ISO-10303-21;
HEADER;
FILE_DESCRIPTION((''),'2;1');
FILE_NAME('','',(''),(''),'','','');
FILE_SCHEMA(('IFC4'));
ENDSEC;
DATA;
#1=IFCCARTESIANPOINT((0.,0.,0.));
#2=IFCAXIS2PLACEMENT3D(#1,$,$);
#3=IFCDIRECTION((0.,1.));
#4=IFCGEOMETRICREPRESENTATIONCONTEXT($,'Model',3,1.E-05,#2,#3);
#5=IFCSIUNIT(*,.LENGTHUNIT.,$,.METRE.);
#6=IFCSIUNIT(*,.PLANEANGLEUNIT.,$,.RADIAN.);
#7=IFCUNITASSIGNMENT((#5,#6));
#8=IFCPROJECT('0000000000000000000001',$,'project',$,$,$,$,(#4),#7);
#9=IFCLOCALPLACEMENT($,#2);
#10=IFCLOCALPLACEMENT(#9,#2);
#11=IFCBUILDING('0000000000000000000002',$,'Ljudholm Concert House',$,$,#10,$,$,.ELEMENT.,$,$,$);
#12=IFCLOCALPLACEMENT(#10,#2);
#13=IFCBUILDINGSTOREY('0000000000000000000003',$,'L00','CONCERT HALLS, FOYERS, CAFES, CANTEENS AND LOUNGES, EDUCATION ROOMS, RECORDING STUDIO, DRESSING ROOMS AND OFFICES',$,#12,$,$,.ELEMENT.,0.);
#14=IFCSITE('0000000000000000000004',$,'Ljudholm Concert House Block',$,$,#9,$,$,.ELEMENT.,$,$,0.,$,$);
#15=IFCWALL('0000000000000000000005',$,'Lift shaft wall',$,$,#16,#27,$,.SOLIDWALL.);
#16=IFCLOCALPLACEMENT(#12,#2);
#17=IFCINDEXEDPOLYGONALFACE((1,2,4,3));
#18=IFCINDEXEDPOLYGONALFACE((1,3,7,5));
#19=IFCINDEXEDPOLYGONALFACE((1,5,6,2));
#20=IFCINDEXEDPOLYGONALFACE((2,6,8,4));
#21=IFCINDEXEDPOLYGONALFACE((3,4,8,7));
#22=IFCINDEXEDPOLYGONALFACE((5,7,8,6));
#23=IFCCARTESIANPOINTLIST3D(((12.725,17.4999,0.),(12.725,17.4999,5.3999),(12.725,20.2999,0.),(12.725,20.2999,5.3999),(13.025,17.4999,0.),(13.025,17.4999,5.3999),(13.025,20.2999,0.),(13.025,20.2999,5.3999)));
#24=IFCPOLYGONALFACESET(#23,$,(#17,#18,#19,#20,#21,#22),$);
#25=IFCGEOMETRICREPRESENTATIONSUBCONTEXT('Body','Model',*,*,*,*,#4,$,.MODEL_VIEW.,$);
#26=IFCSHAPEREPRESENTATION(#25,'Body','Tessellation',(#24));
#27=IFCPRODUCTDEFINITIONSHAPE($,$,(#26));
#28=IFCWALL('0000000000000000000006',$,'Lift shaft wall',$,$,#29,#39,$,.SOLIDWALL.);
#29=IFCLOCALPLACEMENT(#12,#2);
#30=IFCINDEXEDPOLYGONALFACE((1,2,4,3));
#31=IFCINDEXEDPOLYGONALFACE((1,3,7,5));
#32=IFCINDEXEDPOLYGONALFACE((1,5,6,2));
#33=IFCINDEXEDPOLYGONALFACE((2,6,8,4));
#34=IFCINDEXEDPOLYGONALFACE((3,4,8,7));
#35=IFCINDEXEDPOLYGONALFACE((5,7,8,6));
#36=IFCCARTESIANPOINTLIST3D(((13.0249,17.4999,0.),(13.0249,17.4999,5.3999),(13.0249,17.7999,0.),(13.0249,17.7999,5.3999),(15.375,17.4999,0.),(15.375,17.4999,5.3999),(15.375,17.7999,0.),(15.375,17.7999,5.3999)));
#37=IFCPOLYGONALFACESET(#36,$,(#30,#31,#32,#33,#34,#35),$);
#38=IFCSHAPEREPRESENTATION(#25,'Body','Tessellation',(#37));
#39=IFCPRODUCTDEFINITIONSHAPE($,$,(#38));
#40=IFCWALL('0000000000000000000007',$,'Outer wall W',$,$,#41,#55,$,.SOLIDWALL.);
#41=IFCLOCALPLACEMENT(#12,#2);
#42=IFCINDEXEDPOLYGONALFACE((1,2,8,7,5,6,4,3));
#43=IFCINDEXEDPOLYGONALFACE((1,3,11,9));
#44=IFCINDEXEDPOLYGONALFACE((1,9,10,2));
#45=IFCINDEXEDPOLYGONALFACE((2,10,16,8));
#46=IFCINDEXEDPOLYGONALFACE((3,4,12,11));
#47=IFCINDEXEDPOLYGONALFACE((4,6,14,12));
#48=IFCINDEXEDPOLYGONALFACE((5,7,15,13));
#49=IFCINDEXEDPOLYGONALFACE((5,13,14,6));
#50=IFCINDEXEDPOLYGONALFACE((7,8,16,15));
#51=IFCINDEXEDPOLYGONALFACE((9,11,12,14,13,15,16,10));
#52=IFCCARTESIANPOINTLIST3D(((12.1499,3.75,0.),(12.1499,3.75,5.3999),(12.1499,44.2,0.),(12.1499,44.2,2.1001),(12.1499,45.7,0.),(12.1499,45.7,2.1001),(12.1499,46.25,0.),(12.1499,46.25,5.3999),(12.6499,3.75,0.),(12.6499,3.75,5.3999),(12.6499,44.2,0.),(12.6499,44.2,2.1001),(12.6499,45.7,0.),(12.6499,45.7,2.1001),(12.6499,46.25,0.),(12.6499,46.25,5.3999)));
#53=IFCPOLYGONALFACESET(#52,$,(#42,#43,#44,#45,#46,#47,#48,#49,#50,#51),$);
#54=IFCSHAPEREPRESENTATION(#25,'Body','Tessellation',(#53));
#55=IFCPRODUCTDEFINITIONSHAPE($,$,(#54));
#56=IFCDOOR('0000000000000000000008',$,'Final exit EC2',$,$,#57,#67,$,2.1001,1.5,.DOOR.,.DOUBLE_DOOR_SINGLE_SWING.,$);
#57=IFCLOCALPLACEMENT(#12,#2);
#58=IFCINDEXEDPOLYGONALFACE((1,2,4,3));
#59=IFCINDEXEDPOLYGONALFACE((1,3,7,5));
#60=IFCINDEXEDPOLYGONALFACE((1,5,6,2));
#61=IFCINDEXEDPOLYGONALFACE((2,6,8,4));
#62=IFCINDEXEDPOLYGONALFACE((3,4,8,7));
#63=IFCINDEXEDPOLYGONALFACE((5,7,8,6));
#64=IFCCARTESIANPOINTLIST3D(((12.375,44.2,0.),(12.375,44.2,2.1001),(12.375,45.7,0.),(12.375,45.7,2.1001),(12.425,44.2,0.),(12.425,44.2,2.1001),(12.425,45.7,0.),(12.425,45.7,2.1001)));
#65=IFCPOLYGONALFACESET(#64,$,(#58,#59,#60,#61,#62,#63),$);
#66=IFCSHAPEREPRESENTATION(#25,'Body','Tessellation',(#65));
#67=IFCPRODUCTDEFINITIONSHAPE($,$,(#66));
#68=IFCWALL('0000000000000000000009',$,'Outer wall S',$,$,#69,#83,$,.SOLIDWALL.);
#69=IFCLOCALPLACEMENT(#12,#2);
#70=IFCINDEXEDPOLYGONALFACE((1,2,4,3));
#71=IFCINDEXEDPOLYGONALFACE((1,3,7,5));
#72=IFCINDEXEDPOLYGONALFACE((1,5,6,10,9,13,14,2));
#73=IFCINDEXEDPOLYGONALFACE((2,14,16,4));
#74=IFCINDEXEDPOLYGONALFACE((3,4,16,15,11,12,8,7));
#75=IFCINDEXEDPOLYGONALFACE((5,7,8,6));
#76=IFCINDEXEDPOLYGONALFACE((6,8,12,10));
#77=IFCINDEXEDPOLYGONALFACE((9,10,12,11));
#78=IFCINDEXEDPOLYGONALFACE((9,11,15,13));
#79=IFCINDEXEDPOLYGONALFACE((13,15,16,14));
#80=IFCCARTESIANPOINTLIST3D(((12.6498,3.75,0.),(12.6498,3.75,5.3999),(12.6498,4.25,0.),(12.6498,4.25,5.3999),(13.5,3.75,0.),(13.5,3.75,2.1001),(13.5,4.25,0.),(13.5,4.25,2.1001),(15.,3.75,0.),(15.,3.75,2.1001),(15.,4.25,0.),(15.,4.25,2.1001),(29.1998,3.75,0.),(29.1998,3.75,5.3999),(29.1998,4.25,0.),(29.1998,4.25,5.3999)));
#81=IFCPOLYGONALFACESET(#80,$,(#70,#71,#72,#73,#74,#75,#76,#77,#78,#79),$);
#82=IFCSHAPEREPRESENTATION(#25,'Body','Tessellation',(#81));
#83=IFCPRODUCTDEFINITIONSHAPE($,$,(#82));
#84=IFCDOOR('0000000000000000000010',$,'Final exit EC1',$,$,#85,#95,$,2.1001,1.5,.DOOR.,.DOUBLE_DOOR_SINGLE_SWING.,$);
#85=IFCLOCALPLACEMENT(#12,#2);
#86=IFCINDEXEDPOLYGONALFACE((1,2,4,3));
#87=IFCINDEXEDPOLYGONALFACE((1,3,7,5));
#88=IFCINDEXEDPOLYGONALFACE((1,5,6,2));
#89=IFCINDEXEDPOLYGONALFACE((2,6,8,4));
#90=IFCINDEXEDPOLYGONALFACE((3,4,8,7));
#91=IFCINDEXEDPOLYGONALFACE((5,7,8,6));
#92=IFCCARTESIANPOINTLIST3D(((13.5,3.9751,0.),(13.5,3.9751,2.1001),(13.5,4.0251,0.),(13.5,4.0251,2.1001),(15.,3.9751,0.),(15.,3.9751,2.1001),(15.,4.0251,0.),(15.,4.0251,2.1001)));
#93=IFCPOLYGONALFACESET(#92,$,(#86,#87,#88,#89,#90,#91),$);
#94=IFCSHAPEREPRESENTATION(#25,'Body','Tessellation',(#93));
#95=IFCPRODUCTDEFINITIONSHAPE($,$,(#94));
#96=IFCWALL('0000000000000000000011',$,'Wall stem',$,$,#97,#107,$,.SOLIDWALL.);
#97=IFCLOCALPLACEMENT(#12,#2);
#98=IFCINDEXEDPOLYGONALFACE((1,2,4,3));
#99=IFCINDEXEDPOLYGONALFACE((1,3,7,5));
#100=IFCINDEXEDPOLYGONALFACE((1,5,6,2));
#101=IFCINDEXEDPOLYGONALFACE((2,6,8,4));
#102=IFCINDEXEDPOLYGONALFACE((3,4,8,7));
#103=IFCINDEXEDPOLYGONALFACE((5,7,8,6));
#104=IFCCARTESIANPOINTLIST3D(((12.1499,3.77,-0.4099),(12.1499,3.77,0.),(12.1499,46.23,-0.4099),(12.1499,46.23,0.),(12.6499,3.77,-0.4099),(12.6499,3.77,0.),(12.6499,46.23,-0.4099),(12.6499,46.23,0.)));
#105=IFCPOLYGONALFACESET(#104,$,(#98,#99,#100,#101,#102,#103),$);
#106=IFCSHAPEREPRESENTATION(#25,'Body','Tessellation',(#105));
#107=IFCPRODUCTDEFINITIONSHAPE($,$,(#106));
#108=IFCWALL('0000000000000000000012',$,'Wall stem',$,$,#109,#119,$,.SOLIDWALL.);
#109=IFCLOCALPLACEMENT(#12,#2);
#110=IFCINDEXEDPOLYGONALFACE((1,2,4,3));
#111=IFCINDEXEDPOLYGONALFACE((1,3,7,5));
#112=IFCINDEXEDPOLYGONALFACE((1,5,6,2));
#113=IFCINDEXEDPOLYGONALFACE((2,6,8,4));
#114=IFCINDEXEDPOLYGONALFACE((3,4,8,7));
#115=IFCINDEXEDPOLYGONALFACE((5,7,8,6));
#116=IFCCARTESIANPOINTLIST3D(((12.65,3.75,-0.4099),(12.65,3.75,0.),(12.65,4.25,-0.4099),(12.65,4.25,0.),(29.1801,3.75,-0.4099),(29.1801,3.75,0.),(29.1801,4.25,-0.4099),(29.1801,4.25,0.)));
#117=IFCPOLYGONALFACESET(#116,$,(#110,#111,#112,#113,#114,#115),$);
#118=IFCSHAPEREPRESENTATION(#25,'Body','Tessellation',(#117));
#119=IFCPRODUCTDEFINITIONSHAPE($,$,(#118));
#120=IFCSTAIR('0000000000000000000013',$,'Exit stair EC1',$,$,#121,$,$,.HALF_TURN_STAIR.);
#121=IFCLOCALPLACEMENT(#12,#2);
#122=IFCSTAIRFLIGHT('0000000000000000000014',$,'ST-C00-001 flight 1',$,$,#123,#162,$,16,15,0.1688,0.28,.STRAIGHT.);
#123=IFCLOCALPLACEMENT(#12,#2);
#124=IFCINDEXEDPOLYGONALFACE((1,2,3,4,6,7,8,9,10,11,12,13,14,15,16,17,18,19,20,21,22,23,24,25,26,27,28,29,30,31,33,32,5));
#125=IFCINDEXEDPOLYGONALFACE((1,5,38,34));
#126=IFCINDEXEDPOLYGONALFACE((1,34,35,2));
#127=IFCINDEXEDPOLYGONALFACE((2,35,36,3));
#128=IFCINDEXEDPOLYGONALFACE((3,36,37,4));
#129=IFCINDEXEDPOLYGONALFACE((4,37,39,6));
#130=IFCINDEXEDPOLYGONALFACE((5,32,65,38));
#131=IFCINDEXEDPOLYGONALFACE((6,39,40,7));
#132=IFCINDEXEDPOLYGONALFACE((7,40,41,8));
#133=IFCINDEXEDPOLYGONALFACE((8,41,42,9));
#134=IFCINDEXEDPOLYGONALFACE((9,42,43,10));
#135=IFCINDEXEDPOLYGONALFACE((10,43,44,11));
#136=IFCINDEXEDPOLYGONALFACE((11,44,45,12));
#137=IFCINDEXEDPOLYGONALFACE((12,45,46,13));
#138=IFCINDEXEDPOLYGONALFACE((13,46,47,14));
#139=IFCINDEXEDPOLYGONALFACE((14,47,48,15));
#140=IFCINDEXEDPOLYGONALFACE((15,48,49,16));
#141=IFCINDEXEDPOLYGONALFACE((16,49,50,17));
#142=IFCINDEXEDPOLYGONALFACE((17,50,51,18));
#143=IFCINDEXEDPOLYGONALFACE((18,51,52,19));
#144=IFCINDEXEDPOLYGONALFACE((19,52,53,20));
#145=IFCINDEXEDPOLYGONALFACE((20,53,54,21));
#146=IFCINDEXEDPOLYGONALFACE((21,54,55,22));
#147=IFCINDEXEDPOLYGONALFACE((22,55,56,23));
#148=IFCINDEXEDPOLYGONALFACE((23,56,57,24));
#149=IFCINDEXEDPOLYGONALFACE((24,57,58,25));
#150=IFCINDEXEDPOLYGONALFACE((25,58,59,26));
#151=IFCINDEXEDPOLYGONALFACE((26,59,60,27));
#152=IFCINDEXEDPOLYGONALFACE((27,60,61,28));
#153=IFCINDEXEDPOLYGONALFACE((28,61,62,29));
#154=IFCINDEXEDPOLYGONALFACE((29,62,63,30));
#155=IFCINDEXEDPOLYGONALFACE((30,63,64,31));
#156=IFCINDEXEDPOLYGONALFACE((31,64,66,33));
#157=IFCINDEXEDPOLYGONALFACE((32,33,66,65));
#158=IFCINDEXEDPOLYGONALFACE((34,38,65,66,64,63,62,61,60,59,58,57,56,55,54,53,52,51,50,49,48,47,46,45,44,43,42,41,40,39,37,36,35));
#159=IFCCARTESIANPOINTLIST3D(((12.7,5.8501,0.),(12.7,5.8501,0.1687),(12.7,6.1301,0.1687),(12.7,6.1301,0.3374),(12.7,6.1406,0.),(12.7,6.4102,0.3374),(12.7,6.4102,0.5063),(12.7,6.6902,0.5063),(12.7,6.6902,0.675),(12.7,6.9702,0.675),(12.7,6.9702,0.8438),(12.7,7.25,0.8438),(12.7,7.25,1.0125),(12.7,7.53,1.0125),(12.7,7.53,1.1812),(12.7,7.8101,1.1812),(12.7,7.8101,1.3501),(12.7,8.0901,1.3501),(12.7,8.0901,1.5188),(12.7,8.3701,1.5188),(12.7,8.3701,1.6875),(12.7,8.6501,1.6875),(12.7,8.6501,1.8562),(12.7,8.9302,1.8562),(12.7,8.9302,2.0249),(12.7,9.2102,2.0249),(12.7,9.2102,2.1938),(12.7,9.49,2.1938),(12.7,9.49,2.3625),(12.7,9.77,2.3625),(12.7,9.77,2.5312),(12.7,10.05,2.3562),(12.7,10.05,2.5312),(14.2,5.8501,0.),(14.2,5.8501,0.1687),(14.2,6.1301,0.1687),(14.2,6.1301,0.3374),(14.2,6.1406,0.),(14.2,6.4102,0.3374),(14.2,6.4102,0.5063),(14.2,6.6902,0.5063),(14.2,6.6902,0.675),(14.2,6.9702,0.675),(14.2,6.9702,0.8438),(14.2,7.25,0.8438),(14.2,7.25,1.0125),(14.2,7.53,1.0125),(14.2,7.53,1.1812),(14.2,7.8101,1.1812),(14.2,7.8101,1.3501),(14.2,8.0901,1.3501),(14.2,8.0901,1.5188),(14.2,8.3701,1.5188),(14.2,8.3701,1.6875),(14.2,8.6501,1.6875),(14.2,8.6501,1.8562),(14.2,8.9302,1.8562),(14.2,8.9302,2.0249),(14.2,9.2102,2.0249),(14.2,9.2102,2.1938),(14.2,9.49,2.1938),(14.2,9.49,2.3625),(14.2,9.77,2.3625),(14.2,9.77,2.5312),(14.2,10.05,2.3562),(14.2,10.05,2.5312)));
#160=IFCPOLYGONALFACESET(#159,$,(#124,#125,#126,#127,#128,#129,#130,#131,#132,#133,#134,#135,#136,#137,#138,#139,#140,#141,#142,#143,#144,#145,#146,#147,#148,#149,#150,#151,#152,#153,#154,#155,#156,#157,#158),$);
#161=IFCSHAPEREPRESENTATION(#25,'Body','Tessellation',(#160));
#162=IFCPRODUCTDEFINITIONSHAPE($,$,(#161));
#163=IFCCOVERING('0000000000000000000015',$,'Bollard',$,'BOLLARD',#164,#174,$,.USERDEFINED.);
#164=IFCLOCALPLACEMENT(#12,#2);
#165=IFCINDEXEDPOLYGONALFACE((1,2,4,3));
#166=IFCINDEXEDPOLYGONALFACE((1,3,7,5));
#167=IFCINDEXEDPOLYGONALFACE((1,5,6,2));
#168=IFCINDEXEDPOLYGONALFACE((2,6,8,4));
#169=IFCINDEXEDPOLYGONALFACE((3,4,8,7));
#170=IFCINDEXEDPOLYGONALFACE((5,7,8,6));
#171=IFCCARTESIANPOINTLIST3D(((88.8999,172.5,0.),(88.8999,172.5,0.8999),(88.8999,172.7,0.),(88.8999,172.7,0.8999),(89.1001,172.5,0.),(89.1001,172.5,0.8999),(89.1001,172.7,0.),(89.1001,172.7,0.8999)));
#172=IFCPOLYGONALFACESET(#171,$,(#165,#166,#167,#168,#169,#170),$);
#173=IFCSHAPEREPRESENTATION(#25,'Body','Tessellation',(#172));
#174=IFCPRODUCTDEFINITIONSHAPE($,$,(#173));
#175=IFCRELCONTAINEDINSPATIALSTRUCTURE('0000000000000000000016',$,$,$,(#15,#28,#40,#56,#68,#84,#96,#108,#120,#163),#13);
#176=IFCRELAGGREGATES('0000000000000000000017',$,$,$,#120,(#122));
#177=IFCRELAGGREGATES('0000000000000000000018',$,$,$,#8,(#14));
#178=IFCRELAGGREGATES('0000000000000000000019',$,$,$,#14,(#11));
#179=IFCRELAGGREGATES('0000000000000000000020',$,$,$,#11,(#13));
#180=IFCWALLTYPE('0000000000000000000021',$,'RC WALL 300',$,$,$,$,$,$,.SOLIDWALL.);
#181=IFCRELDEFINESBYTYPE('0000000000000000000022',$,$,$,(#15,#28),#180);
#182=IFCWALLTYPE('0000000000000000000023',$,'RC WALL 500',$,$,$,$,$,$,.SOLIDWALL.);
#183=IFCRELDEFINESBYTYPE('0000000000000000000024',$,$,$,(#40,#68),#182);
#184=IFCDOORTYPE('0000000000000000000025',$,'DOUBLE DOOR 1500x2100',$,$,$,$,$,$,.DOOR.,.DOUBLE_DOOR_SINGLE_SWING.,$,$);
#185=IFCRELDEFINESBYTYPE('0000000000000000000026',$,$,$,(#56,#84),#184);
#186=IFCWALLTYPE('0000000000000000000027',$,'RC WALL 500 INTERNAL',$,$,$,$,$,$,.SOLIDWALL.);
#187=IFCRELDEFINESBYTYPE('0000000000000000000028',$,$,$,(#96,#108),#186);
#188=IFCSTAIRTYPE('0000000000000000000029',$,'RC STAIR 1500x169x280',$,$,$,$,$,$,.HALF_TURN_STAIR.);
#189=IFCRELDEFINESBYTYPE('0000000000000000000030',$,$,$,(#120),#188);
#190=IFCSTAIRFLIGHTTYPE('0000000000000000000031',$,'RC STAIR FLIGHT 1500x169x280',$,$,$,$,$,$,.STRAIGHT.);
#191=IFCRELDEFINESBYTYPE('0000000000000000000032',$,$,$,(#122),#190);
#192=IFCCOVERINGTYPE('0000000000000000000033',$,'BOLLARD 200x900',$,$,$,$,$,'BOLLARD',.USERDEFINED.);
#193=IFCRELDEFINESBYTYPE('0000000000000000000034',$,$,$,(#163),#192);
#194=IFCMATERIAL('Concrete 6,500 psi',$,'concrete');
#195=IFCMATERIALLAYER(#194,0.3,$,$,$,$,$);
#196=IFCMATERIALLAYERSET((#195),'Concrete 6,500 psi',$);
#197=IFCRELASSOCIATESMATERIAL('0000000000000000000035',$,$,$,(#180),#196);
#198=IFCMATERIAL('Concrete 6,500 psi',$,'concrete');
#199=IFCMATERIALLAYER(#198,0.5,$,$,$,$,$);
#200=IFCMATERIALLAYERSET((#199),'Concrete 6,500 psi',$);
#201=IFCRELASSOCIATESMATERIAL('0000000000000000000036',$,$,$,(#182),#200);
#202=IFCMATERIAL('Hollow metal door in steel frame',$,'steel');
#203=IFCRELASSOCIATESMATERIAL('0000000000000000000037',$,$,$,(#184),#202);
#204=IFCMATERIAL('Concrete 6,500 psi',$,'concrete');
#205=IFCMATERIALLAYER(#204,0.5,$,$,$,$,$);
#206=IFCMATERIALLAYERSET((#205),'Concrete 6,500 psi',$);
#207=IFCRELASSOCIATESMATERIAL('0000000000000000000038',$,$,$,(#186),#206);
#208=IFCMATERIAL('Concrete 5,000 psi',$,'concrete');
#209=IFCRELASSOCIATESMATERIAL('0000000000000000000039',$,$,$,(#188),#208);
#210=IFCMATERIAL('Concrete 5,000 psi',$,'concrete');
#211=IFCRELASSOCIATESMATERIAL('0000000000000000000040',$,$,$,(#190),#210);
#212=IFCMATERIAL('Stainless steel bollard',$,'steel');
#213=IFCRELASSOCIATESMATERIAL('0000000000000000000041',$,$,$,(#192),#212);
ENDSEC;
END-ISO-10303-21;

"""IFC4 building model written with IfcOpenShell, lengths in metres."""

from ifc_helpers import new_model, si_unit, direction, frame, frame_2d, origin, place, context, subcontext, project, spatial, polyline, rectangle, outline, extrude, material, layer, layer_set, type_object, element, fill, aggregate, save


model = new_model("IFC4")

# Units and contexts
model_context = context("Model", 3, precision=1e-05, world=origin(), true_north=direction((0.0, 1.0)))
body_context = subcontext(model_context, "Body", "Model", "MODEL_VIEW")
ifc_project = project(units=[si_unit("LENGTHUNIT", "METRE"), si_unit("PLANEANGLEUNIT", "RADIAN")], contexts=[model_context])

# Site, building, storey
site_placement = place(None, origin())
site = spatial("IfcSite", under=ifc_project, at=site_placement, Name="Ljudholm Concert House Block", CompositionType="ELEMENT", RefElevation=0.0)
building_placement = place(site_placement, origin())
building = spatial("IfcBuilding", under=site, at=building_placement, Name="Ljudholm Concert House", CompositionType="ELEMENT")
storey_placement = place(building_placement, origin())
storey = spatial("IfcBuildingStorey", under=building, at=storey_placement, Name="L00", Description="CONCERT HALLS, FOYERS, CAFES, CANTEENS AND LOUNGES, EDUCATION ROOMS, RECORDING STUDIO, DRESSING ROOMS AND OFFICES", CompositionType="ELEMENT", Elevation=0.0)

# Walls
ifc_material_1 = material(Name="Concrete 6,500 psi", Category="concrete")
ifc_layer_1 = layer(ifc_material_1, 0.3)
ifc_layer_set_1 = layer_set([ifc_layer_1], Name="Concrete 6,500 psi")
wall_type_1 = type_object("IfcWallType", Name="RC WALL 300", PredefinedType="SOLIDWALL", material=ifc_layer_set_1)
wall_1_placement = place(storey_placement, frame((12.875, 17.5, 0.0), z_axis=(0.0, 0.0, 1.0), x_axis=(0.0, 1.0, 0.0)))
element("IfcWall", 1, at=wall_1_placement, inside=storey, type_object=wall_type_1, Name="Lift shaft wall", PredefinedType="SOLIDWALL", context=body_context, shape_type="SweptSolid", body=[
    extrude(rectangle(XDim=2.8, YDim=0.3, at=frame_2d((1.3999, 0.0))), origin(), (0.0, 0.0, 1.0), 5.3999),
])
wall_2_placement = place(storey_placement, frame((13.0249, 17.6499, 0.0), z_axis=(0.0, 0.0, 1.0), x_axis=(1.0, 0.0, 0.0)))
element("IfcWall", 2, at=wall_2_placement, inside=storey, type_object=wall_type_1, Name="Lift shaft wall", PredefinedType="SOLIDWALL", context=body_context, shape_type="SweptSolid", body=[
    extrude(rectangle(XDim=2.3501, YDim=0.3, at=frame_2d((1.175, 0.0))), origin(), (0.0, 0.0, 1.0), 5.3999),
])

# Walls, openings, doors
ifc_material_2 = material(Name="Concrete 6,500 psi", Category="concrete")
ifc_layer_2 = layer(ifc_material_2, 0.5)
ifc_layer_set_2 = layer_set([ifc_layer_2], Name="Concrete 6,500 psi")
wall_type_2 = type_object("IfcWallType", Name="RC WALL 500", PredefinedType="SOLIDWALL", material=ifc_layer_set_2)
wall_3_placement = place(storey_placement, frame((12.3999, 3.75, 0.0), z_axis=(0.0, 0.0, 1.0), x_axis=(0.0, 1.0, 0.0)))
wall_3 = element("IfcWall", 3, at=wall_3_placement, inside=storey, type_object=wall_type_2, Name="Outer wall W", PredefinedType="SOLIDWALL", context=body_context, shape_type="SweptSolid", body=[
    extrude(rectangle(XDim=42.5, YDim=0.5, at=frame_2d((21.25, 0.0))), origin(), (0.0, 0.0, 1.0), 5.3999),
])
opening_1_placement = place(wall_3_placement, frame((40.45, 0.0, 0.0)))
opening_1 = element("IfcOpeningElement", 4, at=opening_1_placement, cuts=wall_3, PredefinedType="OPENING", context=body_context, shape_type="SweptSolid", body=[
    extrude(rectangle(XDim=1.5, YDim=2.1001, at=frame_2d((0.75, 1.05))), frame((0.0, 0.26, 0.0), z_axis=(0.0, -1.0, 0.0), x_axis=(1.0, 0.0, 0.0)), (0.0, 0.0, 1.0), 0.52),
])
ifc_material_3 = material(Name="Hollow metal door in steel frame", Category="steel")
door_type = type_object("IfcDoorType", Name="DOUBLE DOOR 1500x2100", OperationType="DOUBLE_DOOR_SINGLE_SWING", PredefinedType="DOOR", material=ifc_material_3)
door_1_placement = place(opening_1_placement, origin())
door_1 = element("IfcDoor", 5, at=door_1_placement, inside=storey, type_object=door_type, Name="Final exit EC2", OperationType="DOUBLE_DOOR_SINGLE_SWING", OverallHeight=2.1001, OverallWidth=1.5, PredefinedType="DOOR", context=body_context, shape_type="SweptSolid", body=[
    extrude(rectangle(XDim=1.5, YDim=2.1001, at=frame_2d((0.75, 1.05))), frame((0.0, 0.0249, 0.0), z_axis=(0.0, -1.0, 0.0), x_axis=(1.0, 0.0, 0.0)), (0.0, 0.0, 1.0), 0.05),
])
fill(opening_1, door_1)
wall_4_placement = place(storey_placement, frame((12.6499, 4.0, 0.0), z_axis=(0.0, 0.0, 1.0), x_axis=(1.0, 0.0, 0.0)))
wall_4 = element("IfcWall", 6, at=wall_4_placement, inside=storey, type_object=wall_type_2, Name="Outer wall S", PredefinedType="SOLIDWALL", context=body_context, shape_type="SweptSolid", body=[
    extrude(rectangle(XDim=16.55, YDim=0.5, at=frame_2d((8.2749, 0.0))), origin(), (0.0, 0.0, 1.0), 5.3999),
])
opening_2_placement = place(wall_4_placement, frame((0.8501, 0.0, 0.0)))
opening_2 = element("IfcOpeningElement", 7, at=opening_2_placement, cuts=wall_4, PredefinedType="OPENING", context=body_context, shape_type="SweptSolid", body=[
    extrude(rectangle(XDim=1.5, YDim=2.1001, at=frame_2d((0.75, 1.05))), frame((0.0, 0.26, 0.0), z_axis=(0.0, -1.0, 0.0), x_axis=(1.0, 0.0, 0.0)), (0.0, 0.0, 1.0), 0.52),
])
door_2_placement = place(opening_2_placement, frame((1.5, 0.0, 0.0), z_axis=(0.0, 0.0, 1.0), x_axis=(-1.0, 0.0, 0.0)))
door_2 = element("IfcDoor", 8, at=door_2_placement, inside=storey, type_object=door_type, Name="Final exit EC1", OperationType="DOUBLE_DOOR_SINGLE_SWING", OverallHeight=2.1001, OverallWidth=1.5, PredefinedType="DOOR", context=body_context, shape_type="SweptSolid", body=[
    extrude(rectangle(XDim=1.5, YDim=2.1001, at=frame_2d((0.75, 1.05))), frame((0.0, 0.0249, 0.0), z_axis=(0.0, -1.0, 0.0), x_axis=(1.0, 0.0, 0.0)), (0.0, 0.0, 1.0), 0.05),
])
fill(opening_2, door_2)

# Walls
ifc_material_4 = material(Name="Concrete 6,500 psi", Category="concrete")
ifc_layer_3 = layer(ifc_material_4, 0.5)
ifc_layer_set_3 = layer_set([ifc_layer_3], Name="Concrete 6,500 psi")
wall_type_3 = type_object("IfcWallType", Name="RC WALL 500 INTERNAL", PredefinedType="SOLIDWALL", material=ifc_layer_set_3)
wall_5_placement = place(storey_placement, frame((12.3999, 3.77, -0.4099), z_axis=(0.0, 0.0, 1.0), x_axis=(0.0, 1.0, 0.0)))
element("IfcWall", 9, at=wall_5_placement, inside=storey, type_object=wall_type_3, Name="Wall stem", PredefinedType="SOLIDWALL", context=body_context, shape_type="SweptSolid", body=[
    extrude(rectangle(XDim=42.46, YDim=0.5, at=frame_2d((21.23, 0.0))), origin(), (0.0, 0.0, 1.0), 0.4099),
])
wall_6_placement = place(storey_placement, frame((12.6499, 4.0, -0.4099), z_axis=(0.0, 0.0, 1.0), x_axis=(1.0, 0.0, 0.0)))
element("IfcWall", 10, at=wall_6_placement, inside=storey, type_object=wall_type_3, Name="Wall stem", PredefinedType="SOLIDWALL", context=body_context, shape_type="SweptSolid", body=[
    extrude(rectangle(XDim=16.53, YDim=0.5, at=frame_2d((8.2651, 0.0))), origin(), (0.0, 0.0, 1.0), 0.4099),
])

# Stair, stair flight
ifc_material_5 = material(Name="Concrete 5,000 psi", Category="concrete")
stair_type = type_object("IfcStairType", Name="RC STAIR 1500x169x280", PredefinedType="HALF_TURN_STAIR", material=ifc_material_5)
stair_placement = place(storey_placement, origin())
stair = element("IfcStair", 11, at=stair_placement, inside=storey, type_object=stair_type, Name="Exit stair EC1", PredefinedType="HALF_TURN_STAIR")
ifc_material_6 = material(Name="Concrete 5,000 psi", Category="concrete")
stair_flight_type = type_object("IfcStairFlightType", Name="RC STAIR FLIGHT 1500x169x280", PredefinedType="STRAIGHT", material=ifc_material_6)
stair_flight_placement = place(storey_placement, frame((13.45, 5.8501, 0.0), z_axis=(0.0, 0.0, 1.0), x_axis=(0.0, 1.0, 0.0)))
stair_flight = element("IfcStairFlight", 12, at=stair_flight_placement, type_object=stair_flight_type, Name="ST-C00-001 flight 1", NumberOfRisers=16, NumberOfTreads=15, PredefinedType="STRAIGHT", RiserHeight=0.1688, TreadLength=0.28, context=body_context, shape_type="SweptSolid", body=[
    extrude(outline(polyline([(0.0, 0.0), (0.0, 0.1687), (0.28, 0.1687), (0.28, 0.3374), (0.5601, 0.3374), (0.5601, 0.5063), (0.8401, 0.5063), (0.8401, 0.675), (1.1201, 0.675), (1.1201, 0.8438), (1.3999, 0.8438), (1.3999, 1.0125), (1.6799, 1.0125), (1.6799, 1.1812), (1.96, 1.1812), (1.96, 1.3501), (2.24, 1.3501), (2.24, 1.5188), (2.52, 1.5188), (2.52, 1.6875), (2.8, 1.6875), (2.8, 1.8562), (3.0801, 1.8562), (3.0801, 2.0249), (3.3601, 2.0249), (3.3601, 2.1938), (3.6399, 2.1938), (3.6399, 2.3625), (3.9199, 2.3625), (3.9199, 2.5312), (4.2, 2.5312), (4.2, 2.7), (4.2, 2.3562), (0.2905, 0.0), (0.0, 0.0)])), frame((0.0, 0.75, 0.0), z_axis=(0.0, -1.0, 0.0), x_axis=(1.0, 0.0, 0.0)), (0.0, 0.0, 1.0), 1.5),
])
aggregate(stair, [stair_flight])

# Covering
ifc_material_7 = material(Name="Stainless steel bollard", Category="steel")
covering_type = type_object("IfcCoveringType", Name="BOLLARD 200x900", ElementType="BOLLARD", PredefinedType="USERDEFINED", material=ifc_material_7)
covering_1_placement = place(storey_placement, origin())
element("IfcCovering", 13, at=covering_1_placement, inside=storey, type_object=covering_type, Name="Bollard", ObjectType="BOLLARD", PredefinedType="USERDEFINED", context=body_context, shape_type="SweptSolid", body=[
    extrude(outline(polyline([(88.8999, 172.5), (89.1001, 172.5), (89.1001, 172.7), (88.8999, 172.7), (88.8999, 172.5)])), origin(), (0.0, 0.0, 1.0), 0.8999),
])

save(model, "model.ifc")
